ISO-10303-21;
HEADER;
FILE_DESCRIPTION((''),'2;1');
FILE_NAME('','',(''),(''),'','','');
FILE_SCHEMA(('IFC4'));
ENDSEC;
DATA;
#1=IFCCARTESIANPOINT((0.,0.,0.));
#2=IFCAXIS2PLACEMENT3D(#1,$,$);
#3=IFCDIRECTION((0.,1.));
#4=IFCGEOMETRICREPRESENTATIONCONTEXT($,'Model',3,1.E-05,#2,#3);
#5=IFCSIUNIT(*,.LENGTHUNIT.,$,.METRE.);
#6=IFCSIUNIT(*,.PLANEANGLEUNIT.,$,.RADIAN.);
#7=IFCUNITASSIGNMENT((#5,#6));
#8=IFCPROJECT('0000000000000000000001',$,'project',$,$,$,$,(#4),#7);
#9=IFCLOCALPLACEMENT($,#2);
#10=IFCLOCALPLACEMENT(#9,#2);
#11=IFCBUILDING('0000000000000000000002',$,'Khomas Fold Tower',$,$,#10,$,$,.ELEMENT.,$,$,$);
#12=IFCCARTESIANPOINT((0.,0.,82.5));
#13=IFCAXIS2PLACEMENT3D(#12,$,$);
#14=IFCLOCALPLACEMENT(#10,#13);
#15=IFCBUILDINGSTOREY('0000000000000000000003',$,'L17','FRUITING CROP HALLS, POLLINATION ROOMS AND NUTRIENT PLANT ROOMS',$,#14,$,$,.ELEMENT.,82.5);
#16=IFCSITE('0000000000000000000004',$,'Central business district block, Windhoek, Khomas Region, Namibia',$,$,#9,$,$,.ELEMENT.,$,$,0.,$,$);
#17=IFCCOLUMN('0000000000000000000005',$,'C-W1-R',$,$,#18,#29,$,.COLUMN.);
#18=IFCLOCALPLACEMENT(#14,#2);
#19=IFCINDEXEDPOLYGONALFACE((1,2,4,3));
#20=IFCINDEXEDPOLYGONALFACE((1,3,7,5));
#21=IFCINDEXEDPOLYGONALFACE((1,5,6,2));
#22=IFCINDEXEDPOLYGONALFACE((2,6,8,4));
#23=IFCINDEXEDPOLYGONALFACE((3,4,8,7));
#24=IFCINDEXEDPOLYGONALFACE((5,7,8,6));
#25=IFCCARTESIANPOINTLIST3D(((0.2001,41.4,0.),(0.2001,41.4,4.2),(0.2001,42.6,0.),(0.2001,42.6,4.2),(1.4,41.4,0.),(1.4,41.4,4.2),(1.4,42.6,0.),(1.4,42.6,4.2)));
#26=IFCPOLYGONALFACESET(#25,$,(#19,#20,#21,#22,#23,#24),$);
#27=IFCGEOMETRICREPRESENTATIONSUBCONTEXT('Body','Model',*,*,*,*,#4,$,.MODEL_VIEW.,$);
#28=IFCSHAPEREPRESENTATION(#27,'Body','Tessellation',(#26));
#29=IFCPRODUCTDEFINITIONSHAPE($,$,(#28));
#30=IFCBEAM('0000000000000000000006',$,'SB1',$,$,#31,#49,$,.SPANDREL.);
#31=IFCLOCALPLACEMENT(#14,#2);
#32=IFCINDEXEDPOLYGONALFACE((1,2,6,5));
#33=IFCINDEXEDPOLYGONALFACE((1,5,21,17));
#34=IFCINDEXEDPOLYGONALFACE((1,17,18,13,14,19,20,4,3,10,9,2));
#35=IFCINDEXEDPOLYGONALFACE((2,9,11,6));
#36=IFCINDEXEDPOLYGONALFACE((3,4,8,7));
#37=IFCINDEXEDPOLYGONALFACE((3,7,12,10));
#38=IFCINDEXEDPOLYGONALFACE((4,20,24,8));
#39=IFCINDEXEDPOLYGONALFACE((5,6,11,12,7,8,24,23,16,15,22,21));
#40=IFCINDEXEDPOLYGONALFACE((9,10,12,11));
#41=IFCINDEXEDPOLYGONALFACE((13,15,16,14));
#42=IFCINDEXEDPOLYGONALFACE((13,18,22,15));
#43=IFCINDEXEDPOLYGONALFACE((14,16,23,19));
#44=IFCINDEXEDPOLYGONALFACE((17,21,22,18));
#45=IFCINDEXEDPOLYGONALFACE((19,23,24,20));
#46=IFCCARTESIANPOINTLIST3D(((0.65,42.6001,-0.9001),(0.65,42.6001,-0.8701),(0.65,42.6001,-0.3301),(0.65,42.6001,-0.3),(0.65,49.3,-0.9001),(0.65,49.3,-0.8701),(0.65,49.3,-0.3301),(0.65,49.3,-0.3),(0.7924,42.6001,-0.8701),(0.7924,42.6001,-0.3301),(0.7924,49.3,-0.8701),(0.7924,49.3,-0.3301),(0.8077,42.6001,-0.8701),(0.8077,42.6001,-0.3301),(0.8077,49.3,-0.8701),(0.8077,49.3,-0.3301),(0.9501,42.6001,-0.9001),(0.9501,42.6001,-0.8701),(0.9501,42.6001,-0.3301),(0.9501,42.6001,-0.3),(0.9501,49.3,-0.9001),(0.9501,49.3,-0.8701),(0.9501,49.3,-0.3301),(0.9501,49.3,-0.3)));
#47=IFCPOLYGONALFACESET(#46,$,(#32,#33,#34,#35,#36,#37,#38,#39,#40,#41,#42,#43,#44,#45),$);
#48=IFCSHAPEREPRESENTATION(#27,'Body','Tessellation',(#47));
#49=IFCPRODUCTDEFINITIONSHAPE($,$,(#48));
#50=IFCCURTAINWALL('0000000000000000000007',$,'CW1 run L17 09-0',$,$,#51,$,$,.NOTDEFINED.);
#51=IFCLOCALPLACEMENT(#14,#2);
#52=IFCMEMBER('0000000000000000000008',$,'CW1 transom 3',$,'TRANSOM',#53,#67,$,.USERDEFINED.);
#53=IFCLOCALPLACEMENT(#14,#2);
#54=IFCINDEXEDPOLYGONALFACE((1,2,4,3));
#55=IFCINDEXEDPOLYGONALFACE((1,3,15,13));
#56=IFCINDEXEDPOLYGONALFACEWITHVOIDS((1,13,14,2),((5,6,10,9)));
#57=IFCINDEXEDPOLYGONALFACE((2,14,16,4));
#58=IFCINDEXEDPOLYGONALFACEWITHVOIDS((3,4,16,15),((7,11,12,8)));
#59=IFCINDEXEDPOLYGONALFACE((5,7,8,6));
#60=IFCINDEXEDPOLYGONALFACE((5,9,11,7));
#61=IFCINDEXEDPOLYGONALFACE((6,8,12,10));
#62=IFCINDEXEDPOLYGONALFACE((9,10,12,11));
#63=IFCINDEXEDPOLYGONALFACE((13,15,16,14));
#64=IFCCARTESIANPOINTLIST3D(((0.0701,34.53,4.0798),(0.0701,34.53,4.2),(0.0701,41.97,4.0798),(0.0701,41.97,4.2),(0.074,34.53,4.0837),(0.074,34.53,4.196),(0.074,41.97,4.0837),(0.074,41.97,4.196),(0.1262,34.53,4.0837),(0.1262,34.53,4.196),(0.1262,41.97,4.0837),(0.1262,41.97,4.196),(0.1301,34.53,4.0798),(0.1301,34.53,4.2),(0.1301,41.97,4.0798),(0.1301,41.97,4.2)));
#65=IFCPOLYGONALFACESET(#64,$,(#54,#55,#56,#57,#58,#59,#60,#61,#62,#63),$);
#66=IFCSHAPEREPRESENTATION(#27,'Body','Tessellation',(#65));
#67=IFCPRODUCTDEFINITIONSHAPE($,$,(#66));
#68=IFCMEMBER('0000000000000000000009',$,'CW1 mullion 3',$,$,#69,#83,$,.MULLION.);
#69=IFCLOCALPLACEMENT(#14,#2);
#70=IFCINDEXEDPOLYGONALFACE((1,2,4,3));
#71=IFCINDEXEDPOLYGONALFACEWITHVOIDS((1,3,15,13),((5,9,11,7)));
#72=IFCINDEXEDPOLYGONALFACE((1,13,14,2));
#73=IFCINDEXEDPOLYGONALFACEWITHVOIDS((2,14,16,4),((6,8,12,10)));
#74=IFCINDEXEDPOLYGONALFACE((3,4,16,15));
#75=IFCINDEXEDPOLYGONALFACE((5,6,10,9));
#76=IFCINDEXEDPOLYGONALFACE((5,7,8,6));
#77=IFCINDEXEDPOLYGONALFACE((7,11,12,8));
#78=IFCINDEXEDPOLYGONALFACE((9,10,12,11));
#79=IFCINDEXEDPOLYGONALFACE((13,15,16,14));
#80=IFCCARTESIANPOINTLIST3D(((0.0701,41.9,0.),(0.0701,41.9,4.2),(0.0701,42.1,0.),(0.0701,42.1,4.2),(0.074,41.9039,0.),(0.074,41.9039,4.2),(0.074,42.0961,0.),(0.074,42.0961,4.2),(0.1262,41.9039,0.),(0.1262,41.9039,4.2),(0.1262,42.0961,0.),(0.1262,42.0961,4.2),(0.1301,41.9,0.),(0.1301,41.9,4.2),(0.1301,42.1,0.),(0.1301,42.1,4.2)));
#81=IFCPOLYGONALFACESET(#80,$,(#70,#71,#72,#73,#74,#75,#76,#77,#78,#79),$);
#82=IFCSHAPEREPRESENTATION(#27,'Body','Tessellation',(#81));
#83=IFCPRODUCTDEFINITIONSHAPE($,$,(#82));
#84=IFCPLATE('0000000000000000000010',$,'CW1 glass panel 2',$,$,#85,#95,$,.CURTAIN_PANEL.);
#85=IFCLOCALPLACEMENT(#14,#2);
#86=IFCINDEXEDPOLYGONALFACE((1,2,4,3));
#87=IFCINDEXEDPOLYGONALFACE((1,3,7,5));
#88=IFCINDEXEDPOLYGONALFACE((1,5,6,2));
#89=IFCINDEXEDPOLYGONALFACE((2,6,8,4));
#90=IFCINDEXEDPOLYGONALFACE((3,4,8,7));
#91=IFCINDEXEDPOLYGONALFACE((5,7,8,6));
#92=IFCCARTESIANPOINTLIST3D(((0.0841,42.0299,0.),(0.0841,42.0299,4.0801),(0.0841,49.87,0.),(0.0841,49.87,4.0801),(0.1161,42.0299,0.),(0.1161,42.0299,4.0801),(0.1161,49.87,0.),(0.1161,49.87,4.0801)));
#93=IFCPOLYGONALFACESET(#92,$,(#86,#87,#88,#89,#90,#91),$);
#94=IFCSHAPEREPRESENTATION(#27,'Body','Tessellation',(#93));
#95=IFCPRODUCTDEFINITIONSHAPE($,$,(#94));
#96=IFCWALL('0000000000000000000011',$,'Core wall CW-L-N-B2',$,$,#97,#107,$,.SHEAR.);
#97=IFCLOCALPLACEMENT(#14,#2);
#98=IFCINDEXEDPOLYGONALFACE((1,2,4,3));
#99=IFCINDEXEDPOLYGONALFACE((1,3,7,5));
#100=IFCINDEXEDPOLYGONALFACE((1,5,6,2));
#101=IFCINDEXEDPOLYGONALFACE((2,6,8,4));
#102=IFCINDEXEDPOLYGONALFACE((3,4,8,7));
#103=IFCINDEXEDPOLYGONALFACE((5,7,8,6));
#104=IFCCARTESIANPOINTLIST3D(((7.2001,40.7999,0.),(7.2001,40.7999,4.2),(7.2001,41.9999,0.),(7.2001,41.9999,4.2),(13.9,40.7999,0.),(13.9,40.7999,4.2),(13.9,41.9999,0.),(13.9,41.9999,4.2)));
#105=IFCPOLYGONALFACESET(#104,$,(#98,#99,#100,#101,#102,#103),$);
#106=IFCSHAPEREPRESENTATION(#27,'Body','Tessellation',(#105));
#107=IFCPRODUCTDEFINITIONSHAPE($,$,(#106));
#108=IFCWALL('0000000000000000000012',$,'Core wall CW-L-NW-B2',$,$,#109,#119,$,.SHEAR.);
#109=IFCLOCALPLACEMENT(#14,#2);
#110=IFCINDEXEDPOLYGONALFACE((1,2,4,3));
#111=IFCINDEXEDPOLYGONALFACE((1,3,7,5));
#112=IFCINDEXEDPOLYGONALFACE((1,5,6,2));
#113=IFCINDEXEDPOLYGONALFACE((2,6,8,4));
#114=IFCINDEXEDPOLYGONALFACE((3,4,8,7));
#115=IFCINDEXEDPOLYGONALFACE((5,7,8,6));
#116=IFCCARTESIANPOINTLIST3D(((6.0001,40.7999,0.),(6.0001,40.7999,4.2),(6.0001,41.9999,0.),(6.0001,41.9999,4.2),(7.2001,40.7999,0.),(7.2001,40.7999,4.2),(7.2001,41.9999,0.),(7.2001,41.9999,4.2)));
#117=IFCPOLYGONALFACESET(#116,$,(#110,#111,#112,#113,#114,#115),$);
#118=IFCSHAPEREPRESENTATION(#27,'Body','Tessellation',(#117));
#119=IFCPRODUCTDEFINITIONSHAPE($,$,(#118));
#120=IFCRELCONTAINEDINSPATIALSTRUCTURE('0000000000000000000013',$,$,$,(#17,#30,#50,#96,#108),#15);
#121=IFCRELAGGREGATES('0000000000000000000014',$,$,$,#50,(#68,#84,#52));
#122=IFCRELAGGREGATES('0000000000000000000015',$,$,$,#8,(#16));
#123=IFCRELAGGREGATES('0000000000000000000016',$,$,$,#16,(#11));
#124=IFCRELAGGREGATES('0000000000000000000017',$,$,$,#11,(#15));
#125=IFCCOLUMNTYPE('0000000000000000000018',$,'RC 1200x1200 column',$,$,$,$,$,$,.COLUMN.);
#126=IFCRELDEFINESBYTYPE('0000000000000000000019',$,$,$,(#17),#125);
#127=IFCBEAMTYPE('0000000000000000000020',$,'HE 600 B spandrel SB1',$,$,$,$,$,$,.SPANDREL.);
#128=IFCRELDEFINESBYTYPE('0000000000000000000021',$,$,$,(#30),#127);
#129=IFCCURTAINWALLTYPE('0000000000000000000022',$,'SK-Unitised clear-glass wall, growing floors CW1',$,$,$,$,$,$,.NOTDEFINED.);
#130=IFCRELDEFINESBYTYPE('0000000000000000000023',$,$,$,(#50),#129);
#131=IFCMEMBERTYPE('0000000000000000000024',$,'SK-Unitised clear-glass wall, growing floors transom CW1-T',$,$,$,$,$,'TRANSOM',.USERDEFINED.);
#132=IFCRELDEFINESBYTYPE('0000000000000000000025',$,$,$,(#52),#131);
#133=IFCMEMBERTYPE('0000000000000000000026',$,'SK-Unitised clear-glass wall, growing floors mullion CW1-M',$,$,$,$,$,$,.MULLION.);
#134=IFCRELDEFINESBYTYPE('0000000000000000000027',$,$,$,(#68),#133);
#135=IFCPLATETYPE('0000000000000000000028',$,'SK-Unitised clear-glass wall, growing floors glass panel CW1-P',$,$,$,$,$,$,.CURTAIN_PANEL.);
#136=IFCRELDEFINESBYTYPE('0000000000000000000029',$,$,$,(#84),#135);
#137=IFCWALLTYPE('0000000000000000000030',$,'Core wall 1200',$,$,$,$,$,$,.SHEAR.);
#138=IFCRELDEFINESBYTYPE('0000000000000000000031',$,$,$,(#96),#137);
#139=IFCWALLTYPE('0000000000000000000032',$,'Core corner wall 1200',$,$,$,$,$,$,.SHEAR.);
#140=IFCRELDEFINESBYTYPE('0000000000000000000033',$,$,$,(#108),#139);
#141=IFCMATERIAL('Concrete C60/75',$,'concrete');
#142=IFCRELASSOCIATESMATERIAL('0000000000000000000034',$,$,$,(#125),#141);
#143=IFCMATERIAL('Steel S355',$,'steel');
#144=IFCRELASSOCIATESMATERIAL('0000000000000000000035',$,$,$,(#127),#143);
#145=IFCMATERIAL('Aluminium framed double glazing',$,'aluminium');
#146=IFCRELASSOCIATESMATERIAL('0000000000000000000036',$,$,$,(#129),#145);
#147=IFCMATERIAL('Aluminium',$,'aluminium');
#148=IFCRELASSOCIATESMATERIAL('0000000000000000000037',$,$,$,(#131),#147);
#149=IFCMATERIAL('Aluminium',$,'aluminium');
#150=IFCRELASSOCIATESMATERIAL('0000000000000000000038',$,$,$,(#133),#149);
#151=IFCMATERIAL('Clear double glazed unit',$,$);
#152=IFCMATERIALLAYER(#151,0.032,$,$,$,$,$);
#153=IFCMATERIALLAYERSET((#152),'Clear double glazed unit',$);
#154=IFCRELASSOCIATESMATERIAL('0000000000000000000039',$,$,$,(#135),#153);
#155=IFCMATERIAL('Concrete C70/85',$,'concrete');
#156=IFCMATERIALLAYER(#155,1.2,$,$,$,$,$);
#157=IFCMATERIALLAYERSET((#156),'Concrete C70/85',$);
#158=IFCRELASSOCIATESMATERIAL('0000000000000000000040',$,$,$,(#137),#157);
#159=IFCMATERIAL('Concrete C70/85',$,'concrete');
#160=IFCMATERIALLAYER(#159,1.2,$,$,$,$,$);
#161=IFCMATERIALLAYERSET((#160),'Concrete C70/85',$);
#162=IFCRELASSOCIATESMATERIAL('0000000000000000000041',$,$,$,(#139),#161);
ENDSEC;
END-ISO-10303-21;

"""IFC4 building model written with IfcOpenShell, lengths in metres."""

from ifc_helpers import new_model, si_unit, direction, frame, frame_2d, origin, origin_2d, place, context, subcontext, project, spatial, rectangle, hollow_rectangle, i_section, extrude, source, transform, mapped, material, layer, layer_set, material_profile, profile_set, type_object, element, aggregate, save


model = new_model("IFC4")

# Units and contexts
model_context = context("Model", 3, precision=1e-05, world=origin(), true_north=direction((0.0, 1.0)))
body_context = subcontext(model_context, "Body", "Model", "MODEL_VIEW")
ifc_project = project(units=[si_unit("LENGTHUNIT", "METRE"), si_unit("PLANEANGLEUNIT", "RADIAN")], contexts=[model_context])

# Site, building, storey
site_placement = place(None, origin())
site = spatial("IfcSite", under=ifc_project, at=site_placement, Name="Central business district block, Windhoek, Khomas Region, Namibia", CompositionType="ELEMENT", RefElevation=0.0)
building_placement = place(site_placement, origin())
building = spatial("IfcBuilding", under=site, at=building_placement, Name="Khomas Fold Tower", CompositionType="ELEMENT")
storey_placement = place(building_placement, frame((0.0, 0.0, 82.5)))
storey = spatial("IfcBuildingStorey", under=building, at=storey_placement, Name="L17", Description="FRUITING CROP HALLS, POLLINATION ROOMS AND NUTRIENT PLANT ROOMS", CompositionType="ELEMENT", Elevation=82.5)

# Column
ifc_material_1 = material(Name="Concrete C60/75", Category="concrete")
ifc_material_profile_1 = material_profile(ifc_material_1, rectangle(XDim=1.2, YDim=1.2, at=origin_2d()), Name="RC 1200x1200")
ifc_profile_set_1 = profile_set([ifc_material_profile_1], Name="Concrete C60/75")
column_type = type_object("IfcColumnType", Name="RC 1200x1200 column", PredefinedType="COLUMN", material=ifc_profile_set_1)
shared_shape_1 = source(origin(), body_context, "Body", "SweptSolid", [
    extrude(rectangle(XDim=1.2, YDim=1.2, at=origin_2d()), origin(), (0.0, 0.0, 1.0), 4.2),
])
column_placement = place(storey_placement, frame((0.8, 42.0, 0.0), z_axis=(0.0, 0.0, 1.0), x_axis=(1.0, 0.0, 0.0)))
element("IfcColumn", 1, at=column_placement, inside=storey, type_object=column_type, Name="C-W1-R", PredefinedType="COLUMN", context=body_context, shape_type="MappedRepresentation", body=[
    mapped(shared_shape_1, transform((0.0, 0.0, 0.0))),
])

# Beam
ifc_material_2 = material(Name="Steel S355", Category="steel")
ifc_material_profile_2 = material_profile(ifc_material_2, i_section(OverallWidth=0.3, OverallDepth=0.6001, WebThickness=0.0154, FlangeThickness=0.03, at=origin_2d()), Name="HE 600 B")
ifc_profile_set_2 = profile_set([ifc_material_profile_2], Name="Steel S355")
beam_type = type_object("IfcBeamType", Name="HE 600 B spandrel SB1", PredefinedType="SPANDREL", material=ifc_profile_set_2)
shared_shape_2 = source(origin(), body_context, "Body", "SweptSolid", [
    extrude(i_section(OverallWidth=0.3, OverallDepth=0.6001, WebThickness=0.0154, FlangeThickness=0.03, at=origin_2d()), origin(), (0.0, 0.0, 1.0), 6.7),
])
beam_placement = place(storey_placement, frame((0.8, 42.6001, -0.6001), z_axis=(0.0, 1.0, 0.0), x_axis=(-1.0, 0.0, 0.0)))
element("IfcBeam", 2, at=beam_placement, inside=storey, type_object=beam_type, Name="SB1", PredefinedType="SPANDREL", context=body_context, shape_type="MappedRepresentation", body=[
    mapped(shared_shape_2, transform((0.0, 0.0, 0.0))),
])

# Curtain wall, members, plate
ifc_material_3 = material(Name="Aluminium framed double glazing", Category="aluminium")
curtain_wall_type = type_object("IfcCurtainWallType", Name="SK-Unitised clear-glass wall, growing floors CW1", PredefinedType="NOTDEFINED", material=ifc_material_3)
curtain_wall_placement = place(storey_placement, origin())
curtain_wall = element("IfcCurtainWall", 3, at=curtain_wall_placement, inside=storey, type_object=curtain_wall_type, Name="CW1 run L17 09-0", PredefinedType="NOTDEFINED")
ifc_material_4 = material(Name="Aluminium", Category="aluminium")
ifc_material_profile_3 = material_profile(ifc_material_4, hollow_rectangle(XDim=0.0601, YDim=0.1201, WallThickness=0.0039, at=origin_2d()), Name="SK-Unitised clear-glass wall, growing floors transom CW1-T")
ifc_profile_set_3 = profile_set([ifc_material_profile_3], Name="Aluminium")
member_type_1 = type_object("IfcMemberType", Name="SK-Unitised clear-glass wall, growing floors transom CW1-T", ElementType="TRANSOM", PredefinedType="USERDEFINED", material=ifc_profile_set_3)
shared_shape_3 = source(origin(), body_context, "Body", "SweptSolid", [
    extrude(hollow_rectangle(XDim=0.0601, YDim=0.1201, WallThickness=0.0039, at=origin_2d()), origin(), (0.0, 0.0, 1.0), 7.4399),
])
member_1_placement = place(storey_placement, frame((0.1001, 41.97, 4.1399), z_axis=(0.0, -1.0, 0.0), x_axis=(1.0, 0.0, 0.0)))
member_1 = element("IfcMember", 4, at=member_1_placement, type_object=member_type_1, Name="CW1 transom 3", ObjectType="TRANSOM", PredefinedType="USERDEFINED", context=body_context, shape_type="MappedRepresentation", body=[
    mapped(shared_shape_3, transform((0.0, 0.0, 0.0))),
])
ifc_material_5 = material(Name="Aluminium", Category="aluminium")
ifc_material_profile_4 = material_profile(ifc_material_5, hollow_rectangle(XDim=0.0601, YDim=0.2, WallThickness=0.0039, at=origin_2d()), Name="SK-Unitised clear-glass wall, growing floors mullion CW1-M")
ifc_profile_set_4 = profile_set([ifc_material_profile_4], Name="Aluminium")
member_type_2 = type_object("IfcMemberType", Name="SK-Unitised clear-glass wall, growing floors mullion CW1-M", PredefinedType="MULLION", material=ifc_profile_set_4)
shared_shape_4 = source(origin(), body_context, "Body", "SweptSolid", [
    extrude(hollow_rectangle(XDim=0.0601, YDim=0.2, WallThickness=0.0039, at=origin_2d()), origin(), (0.0, 0.0, 1.0), 4.2),
])
member_2_placement = place(storey_placement, frame((0.1001, 42.0, 0.0), z_axis=(0.0, 0.0, 1.0), x_axis=(1.0, 0.0, 0.0)))
member_2 = element("IfcMember", 5, at=member_2_placement, type_object=member_type_2, Name="CW1 mullion 3", PredefinedType="MULLION", context=body_context, shape_type="MappedRepresentation", body=[
    mapped(shared_shape_4, transform((0.0, 0.0, 0.0))),
])
ifc_material_6 = material(Name="Clear double glazed unit")
ifc_layer_1 = layer(ifc_material_6, 0.032)
ifc_layer_set_1 = layer_set([ifc_layer_1], Name="Clear double glazed unit")
plate_type = type_object("IfcPlateType", Name="SK-Unitised clear-glass wall, growing floors glass panel CW1-P", PredefinedType="CURTAIN_PANEL", material=ifc_layer_set_1)
shared_shape_5 = source(origin(), body_context, "Body", "SweptSolid", [
    extrude(rectangle(XDim=7.8401, YDim=0.032, at=origin_2d()), origin(), (0.0, 0.0, 1.0), 4.0801),
])
plate_placement = place(storey_placement, frame((0.1001, 45.95, 0.0), z_axis=(0.0, 0.0, 1.0), x_axis=(0.0, -1.0, 0.0)))
plate = element("IfcPlate", 6, at=plate_placement, type_object=plate_type, Name="CW1 glass panel 2", PredefinedType="CURTAIN_PANEL", context=body_context, shape_type="MappedRepresentation", body=[
    mapped(shared_shape_5, transform((0.0, 0.0, 0.0))),
])
aggregate(curtain_wall, [member_2, plate, member_1])

# Walls
ifc_material_7 = material(Name="Concrete C70/85", Category="concrete")
ifc_layer_2 = layer(ifc_material_7, 1.2)
ifc_layer_set_2 = layer_set([ifc_layer_2], Name="Concrete C70/85")
wall_type_1 = type_object("IfcWallType", Name="Core wall 1200", PredefinedType="SHEAR", material=ifc_layer_set_2)
shared_shape_6 = source(origin(), body_context, "Body", "SweptSolid", [
    extrude(rectangle(XDim=6.7, YDim=1.2, at=frame_2d((3.3501, 0.0))), origin(), (0.0, 0.0, 1.0), 4.2),
])
wall_1_placement = place(storey_placement, frame((7.2, 41.3999, 0.0), z_axis=(0.0, 0.0, 1.0), x_axis=(1.0, 0.0, 0.0)))
element("IfcWall", 7, at=wall_1_placement, inside=storey, type_object=wall_type_1, Name="Core wall CW-L-N-B2", PredefinedType="SHEAR", context=body_context, shape_type="MappedRepresentation", body=[
    mapped(shared_shape_6, transform((0.0, 0.0, 0.0))),
])
ifc_material_8 = material(Name="Concrete C70/85", Category="concrete")
ifc_layer_3 = layer(ifc_material_8, 1.2)
ifc_layer_set_3 = layer_set([ifc_layer_3], Name="Concrete C70/85")
wall_type_2 = type_object("IfcWallType", Name="Core corner wall 1200", PredefinedType="SHEAR", material=ifc_layer_set_3)
shared_shape_7 = source(origin(), body_context, "Body", "SweptSolid", [
    extrude(rectangle(XDim=1.2, YDim=1.2, at=frame_2d((0.6001, 0.0))), origin(), (0.0, 0.0, 1.0), 4.2),
])
wall_2_placement = place(storey_placement, frame((6.0, 41.3999, 0.0), z_axis=(0.0, 0.0, 1.0), x_axis=(1.0, 0.0, 0.0)))
element("IfcWall", 8, at=wall_2_placement, inside=storey, type_object=wall_type_2, Name="Core wall CW-L-NW-B2", PredefinedType="SHEAR", context=body_context, shape_type="MappedRepresentation", body=[
    mapped(shared_shape_7, transform((0.0, 0.0, 0.0))),
])

save(model, "model.ifc")
